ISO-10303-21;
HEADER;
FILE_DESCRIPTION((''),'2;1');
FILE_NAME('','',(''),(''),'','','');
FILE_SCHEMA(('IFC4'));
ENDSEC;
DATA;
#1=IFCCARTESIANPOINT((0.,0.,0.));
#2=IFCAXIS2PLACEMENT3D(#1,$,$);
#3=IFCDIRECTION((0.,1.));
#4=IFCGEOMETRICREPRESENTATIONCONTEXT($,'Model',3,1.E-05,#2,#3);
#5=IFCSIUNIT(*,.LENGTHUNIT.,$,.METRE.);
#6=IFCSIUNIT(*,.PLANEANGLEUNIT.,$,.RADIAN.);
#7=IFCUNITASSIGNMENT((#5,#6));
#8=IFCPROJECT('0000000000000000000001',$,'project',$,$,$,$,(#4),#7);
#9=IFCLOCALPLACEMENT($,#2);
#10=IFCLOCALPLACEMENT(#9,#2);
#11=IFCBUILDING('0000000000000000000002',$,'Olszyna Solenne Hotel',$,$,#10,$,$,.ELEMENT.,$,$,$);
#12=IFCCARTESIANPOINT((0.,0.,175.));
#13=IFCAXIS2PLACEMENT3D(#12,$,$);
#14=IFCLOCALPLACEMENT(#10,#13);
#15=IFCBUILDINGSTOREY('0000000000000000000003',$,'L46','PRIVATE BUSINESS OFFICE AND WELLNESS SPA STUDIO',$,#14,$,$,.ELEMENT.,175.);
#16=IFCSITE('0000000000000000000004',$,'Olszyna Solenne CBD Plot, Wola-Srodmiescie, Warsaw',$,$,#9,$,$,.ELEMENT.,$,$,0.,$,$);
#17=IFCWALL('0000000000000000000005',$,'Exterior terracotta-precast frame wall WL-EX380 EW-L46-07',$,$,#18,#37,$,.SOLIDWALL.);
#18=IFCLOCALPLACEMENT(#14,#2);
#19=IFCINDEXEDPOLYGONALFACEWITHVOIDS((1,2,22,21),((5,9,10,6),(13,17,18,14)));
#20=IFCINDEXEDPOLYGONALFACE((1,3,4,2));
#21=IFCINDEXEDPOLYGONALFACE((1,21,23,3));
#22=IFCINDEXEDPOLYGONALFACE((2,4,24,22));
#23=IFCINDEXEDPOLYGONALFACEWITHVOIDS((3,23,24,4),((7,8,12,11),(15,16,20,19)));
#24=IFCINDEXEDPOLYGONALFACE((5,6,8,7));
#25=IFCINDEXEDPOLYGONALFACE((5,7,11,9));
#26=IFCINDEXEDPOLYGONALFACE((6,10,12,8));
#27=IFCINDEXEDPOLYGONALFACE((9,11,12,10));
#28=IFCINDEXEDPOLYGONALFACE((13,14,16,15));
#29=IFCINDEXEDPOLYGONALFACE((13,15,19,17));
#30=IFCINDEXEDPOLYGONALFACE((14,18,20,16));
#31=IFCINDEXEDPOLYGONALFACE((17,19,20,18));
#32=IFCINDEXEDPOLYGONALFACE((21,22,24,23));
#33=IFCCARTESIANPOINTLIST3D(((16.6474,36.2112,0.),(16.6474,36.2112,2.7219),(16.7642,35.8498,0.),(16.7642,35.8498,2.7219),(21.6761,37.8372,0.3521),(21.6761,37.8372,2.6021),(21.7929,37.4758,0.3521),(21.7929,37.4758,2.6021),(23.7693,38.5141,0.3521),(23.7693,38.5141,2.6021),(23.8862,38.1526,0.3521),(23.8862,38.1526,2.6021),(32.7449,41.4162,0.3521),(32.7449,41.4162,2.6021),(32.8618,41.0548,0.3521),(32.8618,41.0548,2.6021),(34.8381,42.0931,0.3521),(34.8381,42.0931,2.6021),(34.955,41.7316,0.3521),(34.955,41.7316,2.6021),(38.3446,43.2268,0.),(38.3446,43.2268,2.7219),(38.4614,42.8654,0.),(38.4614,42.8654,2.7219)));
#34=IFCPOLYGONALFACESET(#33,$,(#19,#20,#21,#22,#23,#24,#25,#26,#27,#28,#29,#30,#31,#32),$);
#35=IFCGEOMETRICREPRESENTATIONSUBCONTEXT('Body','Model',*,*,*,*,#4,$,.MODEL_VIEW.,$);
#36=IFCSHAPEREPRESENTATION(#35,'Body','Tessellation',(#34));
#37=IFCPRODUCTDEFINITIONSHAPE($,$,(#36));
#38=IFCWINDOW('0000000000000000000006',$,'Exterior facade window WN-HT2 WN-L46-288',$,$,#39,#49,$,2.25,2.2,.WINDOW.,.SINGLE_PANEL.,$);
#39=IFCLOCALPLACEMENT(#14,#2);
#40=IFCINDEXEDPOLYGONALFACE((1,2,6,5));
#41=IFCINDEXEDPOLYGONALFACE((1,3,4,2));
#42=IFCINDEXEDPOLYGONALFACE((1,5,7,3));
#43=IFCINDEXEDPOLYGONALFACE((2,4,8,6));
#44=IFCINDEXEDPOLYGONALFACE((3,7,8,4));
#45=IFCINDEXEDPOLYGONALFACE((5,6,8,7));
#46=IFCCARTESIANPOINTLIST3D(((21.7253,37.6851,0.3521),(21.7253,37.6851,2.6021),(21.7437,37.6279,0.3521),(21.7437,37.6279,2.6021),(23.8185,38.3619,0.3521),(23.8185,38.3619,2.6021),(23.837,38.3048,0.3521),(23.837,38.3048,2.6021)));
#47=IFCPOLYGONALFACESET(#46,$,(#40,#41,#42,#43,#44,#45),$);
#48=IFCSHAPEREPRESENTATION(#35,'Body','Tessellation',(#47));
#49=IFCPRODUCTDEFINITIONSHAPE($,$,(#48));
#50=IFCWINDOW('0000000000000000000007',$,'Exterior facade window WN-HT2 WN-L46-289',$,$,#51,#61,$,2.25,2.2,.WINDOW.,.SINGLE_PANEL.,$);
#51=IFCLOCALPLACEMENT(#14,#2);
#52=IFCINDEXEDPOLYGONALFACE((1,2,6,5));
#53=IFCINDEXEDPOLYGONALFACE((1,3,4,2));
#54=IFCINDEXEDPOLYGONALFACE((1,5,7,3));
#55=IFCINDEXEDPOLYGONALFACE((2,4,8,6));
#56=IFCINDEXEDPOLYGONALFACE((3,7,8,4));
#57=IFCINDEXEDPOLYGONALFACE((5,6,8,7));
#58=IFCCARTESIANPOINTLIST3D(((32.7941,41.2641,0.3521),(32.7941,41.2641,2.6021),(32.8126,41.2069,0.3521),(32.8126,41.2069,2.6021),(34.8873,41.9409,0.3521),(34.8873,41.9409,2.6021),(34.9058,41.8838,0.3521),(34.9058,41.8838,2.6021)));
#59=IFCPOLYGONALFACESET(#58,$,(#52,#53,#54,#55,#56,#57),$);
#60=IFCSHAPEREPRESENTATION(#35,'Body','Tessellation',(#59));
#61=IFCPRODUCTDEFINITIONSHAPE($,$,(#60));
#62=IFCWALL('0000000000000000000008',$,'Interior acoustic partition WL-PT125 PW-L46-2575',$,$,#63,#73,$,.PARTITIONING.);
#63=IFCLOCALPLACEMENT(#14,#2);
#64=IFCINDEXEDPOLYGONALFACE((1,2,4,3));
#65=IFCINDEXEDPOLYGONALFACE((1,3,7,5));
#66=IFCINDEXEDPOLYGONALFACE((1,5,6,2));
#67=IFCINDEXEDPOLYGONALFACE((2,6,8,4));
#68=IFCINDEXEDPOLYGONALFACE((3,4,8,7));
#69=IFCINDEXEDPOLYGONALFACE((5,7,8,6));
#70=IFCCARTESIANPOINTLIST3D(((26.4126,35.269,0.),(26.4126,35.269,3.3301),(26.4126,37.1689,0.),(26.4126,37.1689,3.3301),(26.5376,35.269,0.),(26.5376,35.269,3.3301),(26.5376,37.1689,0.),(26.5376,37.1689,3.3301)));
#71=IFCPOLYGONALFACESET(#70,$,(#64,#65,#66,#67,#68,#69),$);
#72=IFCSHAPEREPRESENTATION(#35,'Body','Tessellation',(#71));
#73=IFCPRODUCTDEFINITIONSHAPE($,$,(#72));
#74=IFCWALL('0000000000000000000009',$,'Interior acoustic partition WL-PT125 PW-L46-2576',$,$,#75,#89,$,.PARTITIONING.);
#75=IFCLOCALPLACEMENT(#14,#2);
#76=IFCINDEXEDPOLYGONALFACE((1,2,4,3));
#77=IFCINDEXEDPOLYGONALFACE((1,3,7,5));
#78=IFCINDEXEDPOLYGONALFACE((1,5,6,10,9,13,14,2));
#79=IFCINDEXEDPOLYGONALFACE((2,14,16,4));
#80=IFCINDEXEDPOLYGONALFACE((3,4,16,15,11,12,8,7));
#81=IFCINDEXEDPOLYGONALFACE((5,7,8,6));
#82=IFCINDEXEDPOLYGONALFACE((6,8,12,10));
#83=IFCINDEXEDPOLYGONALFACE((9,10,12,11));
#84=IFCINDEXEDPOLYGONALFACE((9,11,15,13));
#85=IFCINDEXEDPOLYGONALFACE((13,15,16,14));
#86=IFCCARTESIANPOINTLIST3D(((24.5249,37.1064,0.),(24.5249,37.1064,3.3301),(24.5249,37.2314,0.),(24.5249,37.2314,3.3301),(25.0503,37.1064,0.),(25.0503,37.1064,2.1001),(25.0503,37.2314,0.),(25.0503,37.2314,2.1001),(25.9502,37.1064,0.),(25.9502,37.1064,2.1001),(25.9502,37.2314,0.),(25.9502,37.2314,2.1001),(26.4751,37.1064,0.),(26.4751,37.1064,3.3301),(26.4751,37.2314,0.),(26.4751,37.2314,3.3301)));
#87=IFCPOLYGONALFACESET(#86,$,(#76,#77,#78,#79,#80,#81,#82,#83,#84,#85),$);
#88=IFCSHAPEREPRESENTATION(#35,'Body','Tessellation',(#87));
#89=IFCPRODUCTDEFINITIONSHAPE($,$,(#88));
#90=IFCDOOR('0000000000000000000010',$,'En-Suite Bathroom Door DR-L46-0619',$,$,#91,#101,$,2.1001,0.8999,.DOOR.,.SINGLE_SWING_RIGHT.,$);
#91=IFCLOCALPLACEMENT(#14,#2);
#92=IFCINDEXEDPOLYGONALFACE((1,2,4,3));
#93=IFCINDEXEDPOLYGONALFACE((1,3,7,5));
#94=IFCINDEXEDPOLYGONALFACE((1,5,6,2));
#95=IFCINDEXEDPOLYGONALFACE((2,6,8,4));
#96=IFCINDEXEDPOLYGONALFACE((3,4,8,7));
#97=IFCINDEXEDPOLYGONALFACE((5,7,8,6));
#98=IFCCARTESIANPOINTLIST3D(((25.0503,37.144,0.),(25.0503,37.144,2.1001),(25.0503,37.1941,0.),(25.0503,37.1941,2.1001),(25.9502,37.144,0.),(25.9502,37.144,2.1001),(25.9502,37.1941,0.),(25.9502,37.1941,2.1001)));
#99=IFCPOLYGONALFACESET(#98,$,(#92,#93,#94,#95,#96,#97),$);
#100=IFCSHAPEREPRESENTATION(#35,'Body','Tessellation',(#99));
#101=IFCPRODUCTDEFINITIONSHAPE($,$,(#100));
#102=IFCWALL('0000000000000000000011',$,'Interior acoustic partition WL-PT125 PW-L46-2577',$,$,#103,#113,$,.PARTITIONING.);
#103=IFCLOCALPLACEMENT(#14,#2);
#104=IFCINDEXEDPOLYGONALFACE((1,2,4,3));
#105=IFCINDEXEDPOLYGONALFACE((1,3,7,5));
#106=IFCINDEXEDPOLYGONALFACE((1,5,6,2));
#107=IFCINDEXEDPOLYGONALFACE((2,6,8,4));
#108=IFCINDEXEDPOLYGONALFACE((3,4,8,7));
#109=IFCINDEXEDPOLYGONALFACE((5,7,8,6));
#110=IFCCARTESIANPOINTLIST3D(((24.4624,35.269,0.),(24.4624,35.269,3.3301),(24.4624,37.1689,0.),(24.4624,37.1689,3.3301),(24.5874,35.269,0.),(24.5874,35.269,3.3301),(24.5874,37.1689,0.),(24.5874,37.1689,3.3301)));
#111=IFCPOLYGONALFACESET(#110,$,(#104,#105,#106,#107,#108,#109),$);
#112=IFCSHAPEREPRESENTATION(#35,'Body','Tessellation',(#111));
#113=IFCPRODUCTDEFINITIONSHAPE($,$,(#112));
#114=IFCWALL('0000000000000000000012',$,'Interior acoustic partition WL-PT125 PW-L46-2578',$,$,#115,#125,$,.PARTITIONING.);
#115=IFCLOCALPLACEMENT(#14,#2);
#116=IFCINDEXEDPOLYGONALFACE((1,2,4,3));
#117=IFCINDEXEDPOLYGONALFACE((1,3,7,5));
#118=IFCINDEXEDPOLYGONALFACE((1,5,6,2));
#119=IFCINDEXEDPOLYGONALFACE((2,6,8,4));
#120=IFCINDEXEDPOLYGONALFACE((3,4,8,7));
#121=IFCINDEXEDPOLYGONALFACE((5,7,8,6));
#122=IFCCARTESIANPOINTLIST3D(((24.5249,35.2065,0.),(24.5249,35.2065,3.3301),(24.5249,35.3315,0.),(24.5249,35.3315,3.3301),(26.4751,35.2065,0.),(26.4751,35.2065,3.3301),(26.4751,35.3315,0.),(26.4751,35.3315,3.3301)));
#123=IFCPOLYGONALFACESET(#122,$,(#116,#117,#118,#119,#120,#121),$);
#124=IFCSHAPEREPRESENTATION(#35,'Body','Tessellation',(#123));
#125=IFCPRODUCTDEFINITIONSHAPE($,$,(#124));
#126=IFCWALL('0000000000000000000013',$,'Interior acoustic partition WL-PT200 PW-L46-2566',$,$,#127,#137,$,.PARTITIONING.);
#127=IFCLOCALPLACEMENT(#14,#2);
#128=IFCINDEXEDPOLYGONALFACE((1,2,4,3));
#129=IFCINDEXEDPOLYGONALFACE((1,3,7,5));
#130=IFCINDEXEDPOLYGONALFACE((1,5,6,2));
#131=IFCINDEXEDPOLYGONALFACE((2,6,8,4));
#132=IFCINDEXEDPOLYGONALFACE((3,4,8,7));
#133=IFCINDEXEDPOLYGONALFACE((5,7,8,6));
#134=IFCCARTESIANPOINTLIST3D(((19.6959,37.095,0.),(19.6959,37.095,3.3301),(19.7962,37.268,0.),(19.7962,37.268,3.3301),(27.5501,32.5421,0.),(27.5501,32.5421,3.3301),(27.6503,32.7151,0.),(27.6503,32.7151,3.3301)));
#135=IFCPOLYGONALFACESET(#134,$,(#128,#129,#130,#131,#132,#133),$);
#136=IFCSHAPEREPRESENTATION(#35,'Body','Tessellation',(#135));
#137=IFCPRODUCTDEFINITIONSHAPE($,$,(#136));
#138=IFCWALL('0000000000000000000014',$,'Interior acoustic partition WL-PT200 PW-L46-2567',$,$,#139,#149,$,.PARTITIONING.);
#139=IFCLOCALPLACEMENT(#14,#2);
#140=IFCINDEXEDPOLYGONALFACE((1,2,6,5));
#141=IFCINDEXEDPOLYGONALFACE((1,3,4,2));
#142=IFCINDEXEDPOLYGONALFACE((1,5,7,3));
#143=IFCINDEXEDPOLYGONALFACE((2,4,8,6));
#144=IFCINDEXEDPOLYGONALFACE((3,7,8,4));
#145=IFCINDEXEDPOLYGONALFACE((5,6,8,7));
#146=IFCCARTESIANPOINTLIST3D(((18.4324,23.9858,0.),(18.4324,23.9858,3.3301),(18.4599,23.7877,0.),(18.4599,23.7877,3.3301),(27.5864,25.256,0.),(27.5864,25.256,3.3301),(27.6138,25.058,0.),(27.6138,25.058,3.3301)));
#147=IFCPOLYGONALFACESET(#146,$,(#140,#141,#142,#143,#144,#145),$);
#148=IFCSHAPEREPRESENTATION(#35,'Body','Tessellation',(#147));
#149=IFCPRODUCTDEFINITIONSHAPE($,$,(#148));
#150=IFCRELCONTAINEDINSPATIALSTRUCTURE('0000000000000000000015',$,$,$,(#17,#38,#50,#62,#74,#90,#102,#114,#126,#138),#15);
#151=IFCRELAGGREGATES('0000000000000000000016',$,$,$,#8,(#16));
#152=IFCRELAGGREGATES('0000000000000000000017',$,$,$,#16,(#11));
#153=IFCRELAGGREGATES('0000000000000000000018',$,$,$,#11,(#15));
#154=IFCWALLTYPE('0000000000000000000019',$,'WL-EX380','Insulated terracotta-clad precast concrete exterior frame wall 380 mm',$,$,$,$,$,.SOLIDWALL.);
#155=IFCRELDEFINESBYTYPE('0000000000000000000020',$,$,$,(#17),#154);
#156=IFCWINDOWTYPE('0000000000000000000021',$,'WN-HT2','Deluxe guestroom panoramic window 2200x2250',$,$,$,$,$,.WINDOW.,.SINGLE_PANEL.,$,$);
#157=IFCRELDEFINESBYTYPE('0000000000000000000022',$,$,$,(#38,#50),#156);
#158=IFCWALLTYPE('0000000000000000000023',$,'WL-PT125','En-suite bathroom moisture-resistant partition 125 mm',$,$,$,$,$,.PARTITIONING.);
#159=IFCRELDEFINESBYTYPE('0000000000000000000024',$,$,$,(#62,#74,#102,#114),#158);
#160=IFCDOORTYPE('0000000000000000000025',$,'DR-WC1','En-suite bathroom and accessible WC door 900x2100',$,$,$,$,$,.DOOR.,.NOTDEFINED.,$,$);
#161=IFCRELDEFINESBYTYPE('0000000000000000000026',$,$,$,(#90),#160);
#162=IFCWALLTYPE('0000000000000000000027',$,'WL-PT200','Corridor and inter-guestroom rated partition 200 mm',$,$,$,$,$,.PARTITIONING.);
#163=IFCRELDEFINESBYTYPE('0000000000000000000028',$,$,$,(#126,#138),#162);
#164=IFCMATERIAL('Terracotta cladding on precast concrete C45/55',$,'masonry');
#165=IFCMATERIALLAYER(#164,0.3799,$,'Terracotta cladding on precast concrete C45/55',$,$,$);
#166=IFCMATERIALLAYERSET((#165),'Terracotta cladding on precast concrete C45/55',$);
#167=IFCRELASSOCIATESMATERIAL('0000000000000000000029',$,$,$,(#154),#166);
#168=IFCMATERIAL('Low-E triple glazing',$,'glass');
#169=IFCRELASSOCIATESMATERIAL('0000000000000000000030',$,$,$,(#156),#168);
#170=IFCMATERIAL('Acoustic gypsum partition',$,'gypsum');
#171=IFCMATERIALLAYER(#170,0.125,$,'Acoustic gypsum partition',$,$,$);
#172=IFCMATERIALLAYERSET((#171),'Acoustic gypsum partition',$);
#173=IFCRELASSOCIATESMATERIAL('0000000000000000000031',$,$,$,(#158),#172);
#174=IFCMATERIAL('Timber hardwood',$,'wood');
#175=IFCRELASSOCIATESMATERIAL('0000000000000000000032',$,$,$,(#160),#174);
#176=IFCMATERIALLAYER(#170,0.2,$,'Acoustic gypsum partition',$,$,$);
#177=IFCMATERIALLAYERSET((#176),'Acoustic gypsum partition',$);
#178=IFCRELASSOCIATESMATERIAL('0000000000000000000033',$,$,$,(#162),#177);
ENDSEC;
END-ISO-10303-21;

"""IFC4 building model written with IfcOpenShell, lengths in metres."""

from ifc_helpers import new_model, si_unit, direction, frame, frame_2d, origin, place, context, subcontext, project, spatial, rectangle, extrude, source, transform, mapped, material, layer, layer_set, type_object, type_shapes, element, fill, save


model = new_model("IFC4")

# Units and contexts
model_context = context("Model", 3, precision=1e-05, world=origin(), true_north=direction((0.0, 1.0)))
body_context = subcontext(model_context, "Body", "Model", "MODEL_VIEW")
ifc_project = project(units=[si_unit("LENGTHUNIT", "METRE"), si_unit("PLANEANGLEUNIT", "RADIAN")], contexts=[model_context])

# Site, building, storey
site_placement = place(None, origin())
site = spatial("IfcSite", under=ifc_project, at=site_placement, Name="Olszyna Solenne CBD Plot, Wola-Srodmiescie, Warsaw", CompositionType="ELEMENT", RefElevation=0.0)
building_placement = place(site_placement, origin())
building = spatial("IfcBuilding", under=site, at=building_placement, Name="Olszyna Solenne Hotel", CompositionType="ELEMENT")
storey_placement = place(building_placement, frame((0.0, 0.0, 175.0)))
storey = spatial("IfcBuildingStorey", under=building, at=storey_placement, Name="L46", Description="PRIVATE BUSINESS OFFICE AND WELLNESS SPA STUDIO", CompositionType="ELEMENT", Elevation=175.0)

# Shared definitions
ifc_material_1 = material(Name="Terracotta cladding on precast concrete C45/55", Category="masonry")
ifc_layer_1 = layer(ifc_material_1, 0.3799, Name="Terracotta cladding on precast concrete C45/55")
ifc_layer_set_1 = layer_set([ifc_layer_1], Name="Terracotta cladding on precast concrete C45/55")
wall_type_1 = type_object("IfcWallType", Name="WL-EX380", Description="Insulated terracotta-clad precast concrete exterior frame wall 380 mm", PredefinedType="SOLIDWALL", material=ifc_layer_set_1)

# Wall, openings, windows
wall_1_placement = place(storey_placement, frame((16.7058, 36.0305, 0.0), z_axis=(0.0, 0.0, 1.0), x_axis=(0.951497, 0.307658, 0.0)))
wall_1 = element("IfcWall", 1, at=wall_1_placement, inside=storey, type_object=wall_type_1, Name="Exterior terracotta-precast frame wall WL-EX380 EW-L46-07", PredefinedType="SOLIDWALL", context=body_context, shape_type="SweptSolid", body=[
    extrude(rectangle(XDim=22.8032, YDim=0.3799, at=frame_2d((11.4016, 0.0))), origin(), (0.0, 0.0, 1.0), 2.7219),
])
opening_1_placement = place(wall_1_placement, frame((5.2849, 0.0, 0.3521)))
opening_1 = element("IfcOpeningElement", 2, at=opening_1_placement, cuts=wall_1, PredefinedType="OPENING", context=body_context, shape_type="SweptSolid", body=[
    extrude(rectangle(XDim=2.2, YDim=2.25, at=frame_2d((1.1001, 1.125))), frame((0.0, 0.2, 0.0), z_axis=(0.0, -1.0, 0.0), x_axis=(1.0, 0.0, 0.0)), (0.0, 0.0, 1.0), 0.3999),
])
opening_2_placement = place(wall_1_placement, frame((16.918, 0.0, 0.3521)))
opening_2 = element("IfcOpeningElement", 3, at=opening_2_placement, cuts=wall_1, PredefinedType="OPENING", context=body_context, shape_type="SweptSolid", body=[
    extrude(rectangle(XDim=2.2, YDim=2.25, at=frame_2d((1.1001, 1.125))), frame((0.0, 0.2, 0.0), z_axis=(0.0, -1.0, 0.0), x_axis=(1.0, 0.0, 0.0)), (0.0, 0.0, 1.0), 0.3999),
])
ifc_material_2 = material(Name="Low-E triple glazing", Category="glass")
window_type = type_object("IfcWindowType", Name="WN-HT2", Description="Deluxe guestroom panoramic window 2200x2250", PartitioningType="SINGLE_PANEL", PredefinedType="WINDOW", material=ifc_material_2)
shared_shape_1 = source(origin(), body_context, "Body", "SweptSolid", [
    extrude(rectangle(XDim=2.2, YDim=2.25, at=frame_2d((1.1001, 1.125))), frame((0.0, 0.03, 0.0), z_axis=(0.0, -1.0, 0.0), x_axis=(1.0, 0.0, 0.0)), (0.0, 0.0, 1.0), 0.0601),
])
type_shapes(window_type, [shared_shape_1])
window_1_placement = place(opening_1_placement, origin())
window_1 = element("IfcWindow", 4, at=window_1_placement, inside=storey, type_object=window_type, Name="Exterior facade window WN-HT2 WN-L46-288", OverallHeight=2.25, OverallWidth=2.2, PartitioningType="SINGLE_PANEL", PredefinedType="WINDOW", context=body_context, shape_type="MappedRepresentation", body=[
    mapped(shared_shape_1, transform((0.0, 0.0, 0.0), x_axis=(1.0, 0.0, 0.0), y_axis=(0.0, 1.0, 0.0), z_axis=(0.0, 0.0, 1.0), scale=1.0)),
])
fill(opening_1, window_1)
window_2_placement = place(opening_2_placement, origin())
window_2 = element("IfcWindow", 5, at=window_2_placement, inside=storey, type_object=window_type, Name="Exterior facade window WN-HT2 WN-L46-289", OverallHeight=2.25, OverallWidth=2.2, PartitioningType="SINGLE_PANEL", PredefinedType="WINDOW", context=body_context, shape_type="MappedRepresentation", body=[
    mapped(shared_shape_1, transform((0.0, 0.0, 0.0), x_axis=(1.0, 0.0, 0.0), y_axis=(0.0, 1.0, 0.0), z_axis=(0.0, 0.0, 1.0), scale=1.0)),
])
fill(opening_2, window_2)

# Wall
ifc_material_3 = material(Name="Acoustic gypsum partition", Category="gypsum")
ifc_layer_2 = layer(ifc_material_3, 0.125, Name="Acoustic gypsum partition")
ifc_layer_set_2 = layer_set([ifc_layer_2], Name="Acoustic gypsum partition")
wall_type_2 = type_object("IfcWallType", Name="WL-PT125", Description="En-suite bathroom moisture-resistant partition 125 mm", PredefinedType="PARTITIONING", material=ifc_layer_set_2)
wall_2_placement = place(storey_placement, frame((26.4751, 35.269, 0.0), z_axis=(0.0, 0.0, 1.0), x_axis=(0.0, 1.0, 0.0)))
element("IfcWall", 6, at=wall_2_placement, inside=storey, type_object=wall_type_2, Name="Interior acoustic partition WL-PT125 PW-L46-2575", PredefinedType="PARTITIONING", context=body_context, shape_type="SweptSolid", body=[
    extrude(rectangle(XDim=1.8999, YDim=0.125, at=frame_2d((0.95, 0.0))), origin(), (0.0, 0.0, 1.0), 3.3301),
])

# Wall, opening, door
wall_3_placement = place(storey_placement, frame((26.4751, 37.1689, 0.0), z_axis=(0.0, 0.0, 1.0), x_axis=(-1.0, 0.0, 0.0)))
wall_3 = element("IfcWall", 7, at=wall_3_placement, inside=storey, type_object=wall_type_2, Name="Interior acoustic partition WL-PT125 PW-L46-2576", PredefinedType="PARTITIONING", context=body_context, shape_type="SweptSolid", body=[
    extrude(rectangle(XDim=1.9502, YDim=0.125, at=frame_2d((0.9751, 0.0))), origin(), (0.0, 0.0, 1.0), 3.3301),
])
opening_3_placement = place(wall_3_placement, frame((0.5249, 0.0, 0.0)))
opening_3 = element("IfcOpeningElement", 8, at=opening_3_placement, cuts=wall_3, PredefinedType="OPENING", context=body_context, shape_type="SweptSolid", body=[
    extrude(rectangle(XDim=0.8999, YDim=2.1001, at=frame_2d((0.45, 1.05))), frame((0.0, 0.0725, 0.0), z_axis=(0.0, -1.0, 0.0), x_axis=(1.0, 0.0, 0.0)), (0.0, 0.0, 1.0), 0.145),
])
ifc_material_4 = material(Name="Timber hardwood", Category="wood")
door_type = type_object("IfcDoorType", Name="DR-WC1", Description="En-suite bathroom and accessible WC door 900x2100", OperationType="NOTDEFINED", PredefinedType="DOOR", material=ifc_material_4)
shared_shape_2 = source(origin(), body_context, "Body", "SweptSolid", [
    extrude(rectangle(XDim=0.8999, YDim=2.1001, at=frame_2d((0.45, 1.05))), frame((0.0, 0.0249, 0.0), z_axis=(0.0, -1.0, 0.0), x_axis=(1.0, 0.0, 0.0)), (0.0, 0.0, 1.0), 0.05),
])
type_shapes(door_type, [shared_shape_2])
door_placement = place(opening_3_placement, origin())
door = element("IfcDoor", 9, at=door_placement, inside=storey, type_object=door_type, Name="En-Suite Bathroom Door DR-L46-0619", OperationType="SINGLE_SWING_RIGHT", OverallHeight=2.1001, OverallWidth=0.8999, PredefinedType="DOOR", context=body_context, shape_type="MappedRepresentation", body=[
    mapped(shared_shape_2, transform((0.0, 0.0, 0.0), x_axis=(1.0, 0.0, 0.0), y_axis=(0.0, 1.0, 0.0), z_axis=(0.0, 0.0, 1.0), scale=1.0)),
])
fill(opening_3, door)

# Walls
wall_4_placement = place(storey_placement, frame((24.5249, 37.1689, 0.0), z_axis=(0.0, 0.0, 1.0), x_axis=(0.0, -1.0, 0.0)))
element("IfcWall", 10, at=wall_4_placement, inside=storey, type_object=wall_type_2, Name="Interior acoustic partition WL-PT125 PW-L46-2577", PredefinedType="PARTITIONING", context=body_context, shape_type="SweptSolid", body=[
    extrude(rectangle(XDim=1.8999, YDim=0.125, at=frame_2d((0.95, 0.0))), origin(), (0.0, 0.0, 1.0), 3.3301),
])
wall_5_placement = place(storey_placement, frame((24.5249, 35.269, 0.0), z_axis=(0.0, 0.0, 1.0), x_axis=(1.0, 0.0, 0.0)))
element("IfcWall", 11, at=wall_5_placement, inside=storey, type_object=wall_type_2, Name="Interior acoustic partition WL-PT125 PW-L46-2578", PredefinedType="PARTITIONING", context=body_context, shape_type="SweptSolid", body=[
    extrude(rectangle(XDim=1.9502, YDim=0.125, at=frame_2d((0.9751, 0.0))), origin(), (0.0, 0.0, 1.0), 3.3301),
])
ifc_layer_3 = layer(ifc_material_3, 0.2, Name="Acoustic gypsum partition")
ifc_layer_set_3 = layer_set([ifc_layer_3], Name="Acoustic gypsum partition")
wall_type_3 = type_object("IfcWallType", Name="WL-PT200", Description="Corridor and inter-guestroom rated partition 200 mm", PredefinedType="PARTITIONING", material=ifc_layer_set_3)
wall_6_placement = place(storey_placement, frame((27.6001, 32.6287, 0.0), z_axis=(0.0, 0.0, 1.0), x_axis=(-0.86515, 0.501513, 0.0)))
element("IfcWall", 12, at=wall_6_placement, inside=storey, type_object=wall_type_3, Name="Interior acoustic partition WL-PT200 PW-L46-2566", PredefinedType="PARTITIONING", context=body_context, shape_type="SweptSolid", body=[
    extrude(rectangle(XDim=9.0784, YDim=0.2, at=frame_2d((4.5391, 0.0))), origin(), (0.0, 0.0, 1.0), 3.3301),
])
wall_7_placement = place(storey_placement, frame((27.6001, 25.157, 0.0), z_axis=(0.0, 0.0, 1.0), x_axis=(-0.990509, -0.137448, 0.0)))
element("IfcWall", 13, at=wall_7_placement, inside=storey, type_object=wall_type_3, Name="Interior acoustic partition WL-PT200 PW-L46-2567", PredefinedType="PARTITIONING", context=body_context, shape_type="SweptSolid", body=[
    extrude(rectangle(XDim=9.2417, YDim=0.2, at=frame_2d((4.6208, 0.0))), origin(), (0.0, 0.0, 1.0), 3.3301),
])

save(model, "model.ifc")
